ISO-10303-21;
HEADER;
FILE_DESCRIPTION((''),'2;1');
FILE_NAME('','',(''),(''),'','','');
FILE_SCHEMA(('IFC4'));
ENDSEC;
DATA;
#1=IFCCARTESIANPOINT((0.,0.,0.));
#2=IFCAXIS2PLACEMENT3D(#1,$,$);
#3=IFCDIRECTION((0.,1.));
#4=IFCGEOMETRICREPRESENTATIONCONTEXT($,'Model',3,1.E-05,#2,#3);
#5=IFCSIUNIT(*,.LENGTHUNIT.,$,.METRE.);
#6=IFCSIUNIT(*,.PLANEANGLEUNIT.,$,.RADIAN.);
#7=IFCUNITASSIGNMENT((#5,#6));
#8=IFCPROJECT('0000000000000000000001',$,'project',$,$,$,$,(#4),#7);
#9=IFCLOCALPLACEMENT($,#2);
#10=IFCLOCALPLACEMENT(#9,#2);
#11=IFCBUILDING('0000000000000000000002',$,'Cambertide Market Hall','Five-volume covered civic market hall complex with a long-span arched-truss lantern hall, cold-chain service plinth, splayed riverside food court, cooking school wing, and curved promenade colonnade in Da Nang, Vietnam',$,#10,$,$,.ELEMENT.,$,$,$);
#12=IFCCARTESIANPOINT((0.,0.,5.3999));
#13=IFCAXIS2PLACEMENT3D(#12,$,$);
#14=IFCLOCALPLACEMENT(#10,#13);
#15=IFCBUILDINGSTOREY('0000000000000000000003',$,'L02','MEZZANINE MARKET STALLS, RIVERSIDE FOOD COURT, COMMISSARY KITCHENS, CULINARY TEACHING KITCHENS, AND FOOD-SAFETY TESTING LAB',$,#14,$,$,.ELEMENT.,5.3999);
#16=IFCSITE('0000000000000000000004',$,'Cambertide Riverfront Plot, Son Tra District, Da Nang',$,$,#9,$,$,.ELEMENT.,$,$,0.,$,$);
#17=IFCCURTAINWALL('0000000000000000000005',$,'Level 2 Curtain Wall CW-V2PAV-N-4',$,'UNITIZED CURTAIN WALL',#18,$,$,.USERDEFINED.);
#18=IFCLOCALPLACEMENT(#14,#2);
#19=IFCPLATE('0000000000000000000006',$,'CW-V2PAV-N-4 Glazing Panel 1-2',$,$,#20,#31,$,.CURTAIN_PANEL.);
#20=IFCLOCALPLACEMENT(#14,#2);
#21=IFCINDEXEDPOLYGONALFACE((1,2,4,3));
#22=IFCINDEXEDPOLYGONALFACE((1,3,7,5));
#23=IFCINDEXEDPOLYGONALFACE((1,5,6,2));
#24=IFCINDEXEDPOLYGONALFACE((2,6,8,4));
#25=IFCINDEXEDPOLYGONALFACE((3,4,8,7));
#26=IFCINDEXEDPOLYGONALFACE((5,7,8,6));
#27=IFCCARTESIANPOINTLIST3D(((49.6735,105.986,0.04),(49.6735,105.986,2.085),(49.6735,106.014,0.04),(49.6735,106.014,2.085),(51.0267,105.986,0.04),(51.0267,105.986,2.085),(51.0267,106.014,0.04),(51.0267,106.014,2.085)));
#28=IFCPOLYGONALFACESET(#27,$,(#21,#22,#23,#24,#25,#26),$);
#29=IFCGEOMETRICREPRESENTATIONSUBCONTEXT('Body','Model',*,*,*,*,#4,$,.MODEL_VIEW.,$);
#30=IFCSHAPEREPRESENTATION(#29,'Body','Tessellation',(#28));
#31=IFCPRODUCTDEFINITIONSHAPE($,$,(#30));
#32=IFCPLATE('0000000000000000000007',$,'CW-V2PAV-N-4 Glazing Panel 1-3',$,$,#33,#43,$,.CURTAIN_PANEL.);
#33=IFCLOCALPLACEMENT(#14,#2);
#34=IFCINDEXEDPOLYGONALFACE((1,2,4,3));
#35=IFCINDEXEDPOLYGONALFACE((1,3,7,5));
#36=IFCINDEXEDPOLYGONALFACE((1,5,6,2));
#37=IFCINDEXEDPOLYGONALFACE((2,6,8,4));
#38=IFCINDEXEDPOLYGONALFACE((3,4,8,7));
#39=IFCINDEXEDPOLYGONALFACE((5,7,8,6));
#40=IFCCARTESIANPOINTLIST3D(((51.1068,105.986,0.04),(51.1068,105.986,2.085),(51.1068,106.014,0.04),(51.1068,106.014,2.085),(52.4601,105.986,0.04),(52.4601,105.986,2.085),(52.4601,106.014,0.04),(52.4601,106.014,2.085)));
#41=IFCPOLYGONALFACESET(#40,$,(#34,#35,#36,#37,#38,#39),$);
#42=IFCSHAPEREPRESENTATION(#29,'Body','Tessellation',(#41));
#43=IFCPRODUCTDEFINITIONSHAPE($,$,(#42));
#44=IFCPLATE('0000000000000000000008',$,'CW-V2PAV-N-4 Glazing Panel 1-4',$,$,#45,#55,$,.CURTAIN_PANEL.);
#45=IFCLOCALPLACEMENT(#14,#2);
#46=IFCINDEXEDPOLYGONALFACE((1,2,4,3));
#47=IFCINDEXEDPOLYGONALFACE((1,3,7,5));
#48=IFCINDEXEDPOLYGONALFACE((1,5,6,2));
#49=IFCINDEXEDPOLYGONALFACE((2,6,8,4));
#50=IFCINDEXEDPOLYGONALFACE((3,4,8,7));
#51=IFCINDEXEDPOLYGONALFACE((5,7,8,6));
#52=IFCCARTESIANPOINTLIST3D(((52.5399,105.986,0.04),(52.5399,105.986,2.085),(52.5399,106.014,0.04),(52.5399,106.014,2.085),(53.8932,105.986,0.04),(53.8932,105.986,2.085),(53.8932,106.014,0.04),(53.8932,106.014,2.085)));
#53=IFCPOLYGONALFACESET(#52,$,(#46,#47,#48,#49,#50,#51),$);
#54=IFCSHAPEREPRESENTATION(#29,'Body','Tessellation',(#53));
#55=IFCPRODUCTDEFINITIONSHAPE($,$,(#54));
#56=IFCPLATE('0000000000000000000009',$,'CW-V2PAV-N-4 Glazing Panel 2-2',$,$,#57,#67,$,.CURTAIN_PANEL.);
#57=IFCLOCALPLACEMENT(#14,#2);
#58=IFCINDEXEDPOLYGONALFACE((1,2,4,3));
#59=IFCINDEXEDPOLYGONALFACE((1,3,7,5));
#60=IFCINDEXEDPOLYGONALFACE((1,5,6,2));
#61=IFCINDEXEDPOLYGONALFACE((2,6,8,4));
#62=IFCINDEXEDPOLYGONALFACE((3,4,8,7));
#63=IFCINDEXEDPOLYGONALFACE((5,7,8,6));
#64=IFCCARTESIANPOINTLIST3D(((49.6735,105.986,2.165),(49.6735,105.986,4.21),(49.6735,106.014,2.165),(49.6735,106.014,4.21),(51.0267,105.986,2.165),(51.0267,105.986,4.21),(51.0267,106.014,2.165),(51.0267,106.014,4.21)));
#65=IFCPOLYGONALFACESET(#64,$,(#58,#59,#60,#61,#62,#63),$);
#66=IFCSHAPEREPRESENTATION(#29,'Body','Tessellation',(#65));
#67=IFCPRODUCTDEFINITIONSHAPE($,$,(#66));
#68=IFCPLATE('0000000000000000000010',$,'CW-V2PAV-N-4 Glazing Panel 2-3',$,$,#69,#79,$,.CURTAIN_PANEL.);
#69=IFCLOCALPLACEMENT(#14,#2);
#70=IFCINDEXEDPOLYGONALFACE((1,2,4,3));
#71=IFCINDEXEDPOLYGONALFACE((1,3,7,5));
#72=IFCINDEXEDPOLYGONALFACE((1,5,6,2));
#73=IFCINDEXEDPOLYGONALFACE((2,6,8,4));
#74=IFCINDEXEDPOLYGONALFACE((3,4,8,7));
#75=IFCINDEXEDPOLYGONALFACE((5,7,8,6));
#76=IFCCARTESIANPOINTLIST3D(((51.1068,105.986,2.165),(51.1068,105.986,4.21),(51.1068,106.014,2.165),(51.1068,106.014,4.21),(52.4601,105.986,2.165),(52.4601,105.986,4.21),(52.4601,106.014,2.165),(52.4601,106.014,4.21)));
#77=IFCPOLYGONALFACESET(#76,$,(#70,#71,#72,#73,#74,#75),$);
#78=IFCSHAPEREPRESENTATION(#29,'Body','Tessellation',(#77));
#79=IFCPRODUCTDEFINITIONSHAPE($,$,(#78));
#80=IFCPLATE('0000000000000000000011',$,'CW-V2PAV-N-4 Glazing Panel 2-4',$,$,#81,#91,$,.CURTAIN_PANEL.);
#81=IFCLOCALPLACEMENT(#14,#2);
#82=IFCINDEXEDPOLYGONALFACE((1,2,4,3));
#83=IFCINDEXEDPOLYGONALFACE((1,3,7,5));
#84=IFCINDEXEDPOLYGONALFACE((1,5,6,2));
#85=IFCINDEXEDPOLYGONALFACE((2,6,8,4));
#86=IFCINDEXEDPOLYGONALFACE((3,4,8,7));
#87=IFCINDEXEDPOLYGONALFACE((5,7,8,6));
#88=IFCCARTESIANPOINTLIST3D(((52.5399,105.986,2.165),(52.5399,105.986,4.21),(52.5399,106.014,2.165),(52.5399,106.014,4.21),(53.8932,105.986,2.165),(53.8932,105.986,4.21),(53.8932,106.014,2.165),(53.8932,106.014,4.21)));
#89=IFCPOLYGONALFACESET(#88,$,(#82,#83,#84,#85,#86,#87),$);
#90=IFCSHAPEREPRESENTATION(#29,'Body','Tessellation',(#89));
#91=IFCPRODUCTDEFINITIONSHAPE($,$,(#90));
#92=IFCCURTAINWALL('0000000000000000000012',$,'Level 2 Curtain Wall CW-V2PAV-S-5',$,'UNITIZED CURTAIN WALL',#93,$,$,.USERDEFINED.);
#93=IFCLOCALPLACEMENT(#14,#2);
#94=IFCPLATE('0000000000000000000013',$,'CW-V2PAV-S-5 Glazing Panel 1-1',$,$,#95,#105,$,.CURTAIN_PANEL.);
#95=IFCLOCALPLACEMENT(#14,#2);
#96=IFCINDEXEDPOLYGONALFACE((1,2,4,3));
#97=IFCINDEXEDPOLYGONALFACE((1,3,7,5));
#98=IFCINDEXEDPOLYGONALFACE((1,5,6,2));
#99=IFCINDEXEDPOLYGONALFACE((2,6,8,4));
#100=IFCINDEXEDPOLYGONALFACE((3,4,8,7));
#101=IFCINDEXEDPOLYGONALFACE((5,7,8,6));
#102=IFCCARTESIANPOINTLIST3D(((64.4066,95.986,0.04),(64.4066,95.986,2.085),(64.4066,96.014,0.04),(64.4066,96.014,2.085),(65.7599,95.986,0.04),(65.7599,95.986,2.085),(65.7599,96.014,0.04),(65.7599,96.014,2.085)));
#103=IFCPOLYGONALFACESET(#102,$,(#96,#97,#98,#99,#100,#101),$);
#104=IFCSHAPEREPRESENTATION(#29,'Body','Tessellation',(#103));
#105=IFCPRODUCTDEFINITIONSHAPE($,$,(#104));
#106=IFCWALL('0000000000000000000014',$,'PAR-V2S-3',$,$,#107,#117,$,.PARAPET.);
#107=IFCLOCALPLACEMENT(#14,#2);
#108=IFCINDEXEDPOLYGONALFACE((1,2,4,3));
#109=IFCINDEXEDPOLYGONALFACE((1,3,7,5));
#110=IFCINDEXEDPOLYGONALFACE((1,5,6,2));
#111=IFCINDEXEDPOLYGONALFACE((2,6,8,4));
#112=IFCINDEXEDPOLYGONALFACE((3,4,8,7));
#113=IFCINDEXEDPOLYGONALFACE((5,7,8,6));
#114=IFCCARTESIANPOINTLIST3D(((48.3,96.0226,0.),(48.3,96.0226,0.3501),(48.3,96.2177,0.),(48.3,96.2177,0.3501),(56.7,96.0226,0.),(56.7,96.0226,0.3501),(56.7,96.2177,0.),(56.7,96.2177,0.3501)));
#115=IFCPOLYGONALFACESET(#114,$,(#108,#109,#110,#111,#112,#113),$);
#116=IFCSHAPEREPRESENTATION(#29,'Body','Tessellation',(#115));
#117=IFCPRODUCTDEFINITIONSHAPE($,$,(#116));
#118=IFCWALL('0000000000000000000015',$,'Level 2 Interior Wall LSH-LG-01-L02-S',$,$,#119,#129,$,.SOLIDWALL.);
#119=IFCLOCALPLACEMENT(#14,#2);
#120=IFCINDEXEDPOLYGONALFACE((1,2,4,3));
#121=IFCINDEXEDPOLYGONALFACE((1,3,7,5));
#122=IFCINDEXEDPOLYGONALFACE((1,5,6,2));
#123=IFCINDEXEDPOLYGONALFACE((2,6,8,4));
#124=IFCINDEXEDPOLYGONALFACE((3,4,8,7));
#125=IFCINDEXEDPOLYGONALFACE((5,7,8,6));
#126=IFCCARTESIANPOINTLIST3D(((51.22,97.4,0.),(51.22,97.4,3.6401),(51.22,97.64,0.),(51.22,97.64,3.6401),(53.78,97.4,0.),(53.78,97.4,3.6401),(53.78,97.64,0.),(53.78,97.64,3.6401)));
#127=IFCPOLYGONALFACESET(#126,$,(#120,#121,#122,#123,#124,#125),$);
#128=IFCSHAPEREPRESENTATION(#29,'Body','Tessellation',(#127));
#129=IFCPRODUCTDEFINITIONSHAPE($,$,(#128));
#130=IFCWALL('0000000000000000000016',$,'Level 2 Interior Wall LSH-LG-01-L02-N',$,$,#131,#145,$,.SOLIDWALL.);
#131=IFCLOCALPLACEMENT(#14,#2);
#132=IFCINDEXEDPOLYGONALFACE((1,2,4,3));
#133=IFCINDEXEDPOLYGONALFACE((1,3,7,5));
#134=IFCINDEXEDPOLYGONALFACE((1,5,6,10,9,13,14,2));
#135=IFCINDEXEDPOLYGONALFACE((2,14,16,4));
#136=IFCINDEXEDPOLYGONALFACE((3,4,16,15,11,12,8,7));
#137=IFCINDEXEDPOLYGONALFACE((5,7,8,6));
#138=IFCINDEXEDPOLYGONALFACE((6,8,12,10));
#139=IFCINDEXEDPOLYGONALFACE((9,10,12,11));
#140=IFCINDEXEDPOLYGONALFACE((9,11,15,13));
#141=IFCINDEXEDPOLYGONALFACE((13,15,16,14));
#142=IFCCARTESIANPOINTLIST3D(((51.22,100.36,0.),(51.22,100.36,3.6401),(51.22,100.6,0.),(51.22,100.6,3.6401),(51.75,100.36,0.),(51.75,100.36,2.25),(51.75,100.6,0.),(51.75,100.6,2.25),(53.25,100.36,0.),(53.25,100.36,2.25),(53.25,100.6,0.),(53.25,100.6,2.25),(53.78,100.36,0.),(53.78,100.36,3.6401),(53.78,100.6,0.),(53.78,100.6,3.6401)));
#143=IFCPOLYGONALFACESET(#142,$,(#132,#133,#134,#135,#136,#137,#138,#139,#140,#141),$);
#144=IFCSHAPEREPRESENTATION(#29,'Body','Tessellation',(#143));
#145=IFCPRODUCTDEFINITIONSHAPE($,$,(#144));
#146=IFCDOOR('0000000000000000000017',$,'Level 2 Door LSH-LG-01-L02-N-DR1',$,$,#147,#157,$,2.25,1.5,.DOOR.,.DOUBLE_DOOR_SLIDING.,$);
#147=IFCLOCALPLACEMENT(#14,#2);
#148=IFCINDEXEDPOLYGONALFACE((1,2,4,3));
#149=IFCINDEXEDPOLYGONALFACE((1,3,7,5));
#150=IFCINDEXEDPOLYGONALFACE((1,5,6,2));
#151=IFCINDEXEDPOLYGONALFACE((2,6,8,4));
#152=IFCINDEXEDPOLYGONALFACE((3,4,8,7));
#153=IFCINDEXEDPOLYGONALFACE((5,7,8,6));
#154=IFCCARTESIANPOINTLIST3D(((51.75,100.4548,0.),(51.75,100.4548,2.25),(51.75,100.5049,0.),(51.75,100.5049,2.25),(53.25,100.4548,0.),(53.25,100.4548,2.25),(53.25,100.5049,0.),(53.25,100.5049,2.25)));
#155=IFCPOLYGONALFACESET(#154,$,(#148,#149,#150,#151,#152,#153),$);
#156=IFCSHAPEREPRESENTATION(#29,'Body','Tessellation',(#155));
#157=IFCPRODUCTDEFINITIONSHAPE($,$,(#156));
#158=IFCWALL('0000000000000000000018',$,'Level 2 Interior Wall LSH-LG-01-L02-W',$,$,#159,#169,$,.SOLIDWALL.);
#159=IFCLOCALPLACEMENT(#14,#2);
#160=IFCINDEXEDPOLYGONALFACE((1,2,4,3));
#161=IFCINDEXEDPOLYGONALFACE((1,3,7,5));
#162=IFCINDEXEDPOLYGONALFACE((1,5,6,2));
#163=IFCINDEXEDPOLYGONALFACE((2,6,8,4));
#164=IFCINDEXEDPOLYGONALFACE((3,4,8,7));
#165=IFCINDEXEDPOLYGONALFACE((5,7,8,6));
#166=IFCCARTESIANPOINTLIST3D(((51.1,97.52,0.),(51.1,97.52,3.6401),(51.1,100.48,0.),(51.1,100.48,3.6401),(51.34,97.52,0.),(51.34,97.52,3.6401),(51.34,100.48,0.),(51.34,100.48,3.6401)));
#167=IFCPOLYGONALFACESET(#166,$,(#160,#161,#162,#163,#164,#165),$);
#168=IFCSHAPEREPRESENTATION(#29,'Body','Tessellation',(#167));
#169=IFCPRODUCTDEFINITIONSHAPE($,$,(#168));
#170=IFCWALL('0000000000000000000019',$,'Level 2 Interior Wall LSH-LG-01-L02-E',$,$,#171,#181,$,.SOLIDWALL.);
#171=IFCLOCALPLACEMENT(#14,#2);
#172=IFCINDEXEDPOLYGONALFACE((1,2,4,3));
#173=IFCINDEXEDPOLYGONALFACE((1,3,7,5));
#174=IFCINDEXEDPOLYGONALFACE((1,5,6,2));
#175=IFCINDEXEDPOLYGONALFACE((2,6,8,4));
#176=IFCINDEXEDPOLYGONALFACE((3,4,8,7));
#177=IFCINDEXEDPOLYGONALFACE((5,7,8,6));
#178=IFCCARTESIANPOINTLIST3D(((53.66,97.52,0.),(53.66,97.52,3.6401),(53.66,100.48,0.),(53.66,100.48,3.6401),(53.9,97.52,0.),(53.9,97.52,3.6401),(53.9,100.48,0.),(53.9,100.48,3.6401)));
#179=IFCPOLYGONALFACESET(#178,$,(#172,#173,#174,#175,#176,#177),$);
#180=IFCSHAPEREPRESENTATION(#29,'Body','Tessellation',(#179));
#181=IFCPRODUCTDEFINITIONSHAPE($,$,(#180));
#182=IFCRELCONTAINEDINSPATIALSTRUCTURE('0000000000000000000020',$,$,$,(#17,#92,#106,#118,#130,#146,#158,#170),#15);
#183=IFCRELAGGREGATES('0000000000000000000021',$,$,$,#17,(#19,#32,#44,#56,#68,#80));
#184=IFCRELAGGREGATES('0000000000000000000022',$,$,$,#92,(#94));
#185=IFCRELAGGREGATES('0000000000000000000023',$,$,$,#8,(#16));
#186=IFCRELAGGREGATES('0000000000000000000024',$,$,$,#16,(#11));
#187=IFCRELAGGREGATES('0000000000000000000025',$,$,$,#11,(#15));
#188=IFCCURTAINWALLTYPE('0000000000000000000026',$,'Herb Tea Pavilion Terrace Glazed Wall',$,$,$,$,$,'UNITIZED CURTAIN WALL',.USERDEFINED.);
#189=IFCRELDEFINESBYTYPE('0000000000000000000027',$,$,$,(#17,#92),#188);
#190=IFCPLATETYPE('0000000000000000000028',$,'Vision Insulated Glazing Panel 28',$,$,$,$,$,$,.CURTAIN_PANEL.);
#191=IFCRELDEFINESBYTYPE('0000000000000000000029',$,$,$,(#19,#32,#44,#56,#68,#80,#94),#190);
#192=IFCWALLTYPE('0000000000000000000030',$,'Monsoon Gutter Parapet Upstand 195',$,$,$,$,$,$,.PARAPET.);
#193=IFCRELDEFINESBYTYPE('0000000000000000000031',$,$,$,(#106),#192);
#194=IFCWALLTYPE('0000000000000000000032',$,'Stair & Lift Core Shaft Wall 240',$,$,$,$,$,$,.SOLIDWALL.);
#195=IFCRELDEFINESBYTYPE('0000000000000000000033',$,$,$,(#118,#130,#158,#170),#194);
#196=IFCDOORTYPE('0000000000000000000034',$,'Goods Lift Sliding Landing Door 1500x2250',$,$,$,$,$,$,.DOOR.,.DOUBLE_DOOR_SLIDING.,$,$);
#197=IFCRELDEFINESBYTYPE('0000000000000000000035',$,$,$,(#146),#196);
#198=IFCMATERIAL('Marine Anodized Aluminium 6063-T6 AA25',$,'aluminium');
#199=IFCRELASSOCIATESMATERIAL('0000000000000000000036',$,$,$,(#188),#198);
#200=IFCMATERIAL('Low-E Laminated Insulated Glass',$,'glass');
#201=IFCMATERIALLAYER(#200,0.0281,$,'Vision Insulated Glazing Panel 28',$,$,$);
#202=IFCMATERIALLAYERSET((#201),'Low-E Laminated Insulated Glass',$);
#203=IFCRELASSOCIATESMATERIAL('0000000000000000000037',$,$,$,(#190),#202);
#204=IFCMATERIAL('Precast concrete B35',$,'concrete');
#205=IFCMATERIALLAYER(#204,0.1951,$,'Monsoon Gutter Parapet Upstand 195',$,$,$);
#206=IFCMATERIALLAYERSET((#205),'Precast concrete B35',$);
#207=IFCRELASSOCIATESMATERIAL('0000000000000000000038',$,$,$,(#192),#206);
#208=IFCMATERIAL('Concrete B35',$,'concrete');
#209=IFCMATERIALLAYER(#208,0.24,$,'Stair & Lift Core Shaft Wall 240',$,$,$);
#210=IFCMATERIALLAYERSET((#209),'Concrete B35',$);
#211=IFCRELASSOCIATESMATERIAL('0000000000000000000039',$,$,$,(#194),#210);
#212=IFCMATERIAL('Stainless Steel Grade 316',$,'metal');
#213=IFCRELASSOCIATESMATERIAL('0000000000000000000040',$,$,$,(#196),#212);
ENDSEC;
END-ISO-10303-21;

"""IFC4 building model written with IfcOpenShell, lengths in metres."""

from ifc_helpers import new_model, si_unit, direction, frame, frame_2d, origin, origin_2d, place, context, subcontext, project, spatial, rectangle, extrude, material, layer, layer_set, type_object, element, fill, aggregate, save


model = new_model("IFC4")

# Units and contexts
model_context = context("Model", 3, precision=1e-05, world=origin(), true_north=direction((0.0, 1.0)))
body_context = subcontext(model_context, "Body", "Model", "MODEL_VIEW")
ifc_project = project(units=[si_unit("LENGTHUNIT", "METRE"), si_unit("PLANEANGLEUNIT", "RADIAN")], contexts=[model_context])

# Site, building, storey
site_placement = place(None, origin())
site = spatial("IfcSite", under=ifc_project, at=site_placement, Name="Cambertide Riverfront Plot, Son Tra District, Da Nang", CompositionType="ELEMENT", RefElevation=0.0)
building_placement = place(site_placement, origin())
building = spatial("IfcBuilding", under=site, at=building_placement, Name="Cambertide Market Hall", Description="Five-volume covered civic market hall complex with a long-span arched-truss lantern hall, cold-chain service plinth, splayed riverside food court, cooking school wing, and curved promenade colonnade in Da Nang, Vietnam", CompositionType="ELEMENT")
storey_placement = place(building_placement, frame((0.0, 0.0, 5.3999)))
storey = spatial("IfcBuildingStorey", under=building, at=storey_placement, Name="L02", Description="MEZZANINE MARKET STALLS, RIVERSIDE FOOD COURT, COMMISSARY KITCHENS, CULINARY TEACHING KITCHENS, AND FOOD-SAFETY TESTING LAB", CompositionType="ELEMENT", Elevation=5.3999)

# Curtain wall
ifc_material_1 = material(Name="Marine Anodized Aluminium 6063-T6 AA25", Category="aluminium")
curtain_wall_type = type_object("IfcCurtainWallType", Name="Herb Tea Pavilion Terrace Glazed Wall", ElementType="UNITIZED CURTAIN WALL", PredefinedType="USERDEFINED", material=ifc_material_1)
curtain_wall_1_placement = place(storey_placement, origin())
curtain_wall_1 = element("IfcCurtainWall", 1, at=curtain_wall_1_placement, inside=storey, type_object=curtain_wall_type, Name="Level 2 Curtain Wall CW-V2PAV-N-4", ObjectType="UNITIZED CURTAIN WALL", PredefinedType="USERDEFINED")

# Plates
ifc_material_2 = material(Name="Low-E Laminated Insulated Glass", Category="glass")
ifc_layer_1 = layer(ifc_material_2, 0.0281, Name="Vision Insulated Glazing Panel 28")
ifc_layer_set_1 = layer_set([ifc_layer_1], Name="Low-E Laminated Insulated Glass")
plate_type = type_object("IfcPlateType", Name="Vision Insulated Glazing Panel 28", PredefinedType="CURTAIN_PANEL", material=ifc_layer_set_1)
plate_1_placement = place(storey_placement, frame((50.3501, 106.0, 0.04), z_axis=(0.0, 0.0, 1.0), x_axis=(1.0, 0.0, 0.0)))
plate_1 = element("IfcPlate", 2, at=plate_1_placement, type_object=plate_type, Name="CW-V2PAV-N-4 Glazing Panel 1-2", PredefinedType="CURTAIN_PANEL", context=body_context, shape_type="SweptSolid", body=[
    extrude(rectangle(XDim=1.3533, YDim=0.0281, at=origin_2d()), origin(), (0.0, 0.0, 1.0), 2.0449),
])
plate_2_placement = place(storey_placement, frame((51.7834, 106.0, 0.04), z_axis=(0.0, 0.0, 1.0), x_axis=(1.0, 0.0, 0.0)))
plate_2 = element("IfcPlate", 3, at=plate_2_placement, type_object=plate_type, Name="CW-V2PAV-N-4 Glazing Panel 1-3", PredefinedType="CURTAIN_PANEL", context=body_context, shape_type="SweptSolid", body=[
    extrude(rectangle(XDim=1.3533, YDim=0.0281, at=origin_2d()), origin(), (0.0, 0.0, 1.0), 2.0449),
])
plate_3_placement = place(storey_placement, frame((53.2166, 106.0, 0.04), z_axis=(0.0, 0.0, 1.0), x_axis=(1.0, 0.0, 0.0)))
plate_3 = element("IfcPlate", 4, at=plate_3_placement, type_object=plate_type, Name="CW-V2PAV-N-4 Glazing Panel 1-4", PredefinedType="CURTAIN_PANEL", context=body_context, shape_type="SweptSolid", body=[
    extrude(rectangle(XDim=1.3533, YDim=0.0281, at=origin_2d()), origin(), (0.0, 0.0, 1.0), 2.0449),
])
plate_4_placement = place(storey_placement, frame((50.3501, 106.0, 2.165), z_axis=(0.0, 0.0, 1.0), x_axis=(1.0, 0.0, 0.0)))
plate_4 = element("IfcPlate", 5, at=plate_4_placement, type_object=plate_type, Name="CW-V2PAV-N-4 Glazing Panel 2-2", PredefinedType="CURTAIN_PANEL", context=body_context, shape_type="SweptSolid", body=[
    extrude(rectangle(XDim=1.3533, YDim=0.0281, at=origin_2d()), origin(), (0.0, 0.0, 1.0), 2.0449),
])
plate_5_placement = place(storey_placement, frame((51.7834, 106.0, 2.165), z_axis=(0.0, 0.0, 1.0), x_axis=(1.0, 0.0, 0.0)))
plate_5 = element("IfcPlate", 6, at=plate_5_placement, type_object=plate_type, Name="CW-V2PAV-N-4 Glazing Panel 2-3", PredefinedType="CURTAIN_PANEL", context=body_context, shape_type="SweptSolid", body=[
    extrude(rectangle(XDim=1.3533, YDim=0.0281, at=origin_2d()), origin(), (0.0, 0.0, 1.0), 2.0449),
])
plate_6_placement = place(storey_placement, frame((53.2166, 106.0, 2.165), z_axis=(0.0, 0.0, 1.0), x_axis=(1.0, 0.0, 0.0)))
plate_6 = element("IfcPlate", 7, at=plate_6_placement, type_object=plate_type, Name="CW-V2PAV-N-4 Glazing Panel 2-4", PredefinedType="CURTAIN_PANEL", context=body_context, shape_type="SweptSolid", body=[
    extrude(rectangle(XDim=1.3533, YDim=0.0281, at=origin_2d()), origin(), (0.0, 0.0, 1.0), 2.0449),
])
aggregate(curtain_wall_1, [plate_1, plate_2, plate_3, plate_4, plate_5, plate_6])

# Curtain wall, plate
curtain_wall_2_placement = place(storey_placement, origin())
curtain_wall_2 = element("IfcCurtainWall", 8, at=curtain_wall_2_placement, inside=storey, type_object=curtain_wall_type, Name="Level 2 Curtain Wall CW-V2PAV-S-5", ObjectType="UNITIZED CURTAIN WALL", PredefinedType="USERDEFINED")
plate_7_placement = place(storey_placement, frame((65.0833, 96.0, 0.04), z_axis=(0.0, 0.0, 1.0), x_axis=(-1.0, 0.0, 0.0)))
plate_7 = element("IfcPlate", 9, at=plate_7_placement, type_object=plate_type, Name="CW-V2PAV-S-5 Glazing Panel 1-1", PredefinedType="CURTAIN_PANEL", context=body_context, shape_type="SweptSolid", body=[
    extrude(rectangle(XDim=1.3533, YDim=0.0281, at=origin_2d()), origin(), (0.0, 0.0, 1.0), 2.0449),
])
aggregate(curtain_wall_2, [plate_7])

# Walls
ifc_material_3 = material(Name="Precast concrete B35", Category="concrete")
ifc_layer_2 = layer(ifc_material_3, 0.1951, Name="Monsoon Gutter Parapet Upstand 195")
ifc_layer_set_2 = layer_set([ifc_layer_2], Name="Precast concrete B35")
wall_type_1 = type_object("IfcWallType", Name="Monsoon Gutter Parapet Upstand 195", PredefinedType="PARAPET", material=ifc_layer_set_2)
wall_1_placement = place(storey_placement, frame((56.7, 96.1201, 0.0), z_axis=(0.0, 0.0, 1.0), x_axis=(-1.0, 0.0, 0.0)))
element("IfcWall", 10, at=wall_1_placement, inside=storey, type_object=wall_type_1, Name="PAR-V2S-3", PredefinedType="PARAPET", context=body_context, shape_type="SweptSolid", body=[
    extrude(rectangle(XDim=8.3999, YDim=0.1951, at=frame_2d((4.2, 0.0))), origin(), (0.0, 0.0, 1.0), 0.3501),
])
ifc_material_4 = material(Name="Concrete B35", Category="concrete")
ifc_layer_3 = layer(ifc_material_4, 0.24, Name="Stair & Lift Core Shaft Wall 240")
ifc_layer_set_3 = layer_set([ifc_layer_3], Name="Concrete B35")
wall_type_2 = type_object("IfcWallType", Name="Stair & Lift Core Shaft Wall 240", PredefinedType="SOLIDWALL", material=ifc_layer_set_3)
wall_2_placement = place(storey_placement, frame((53.78, 97.52, 0.0), z_axis=(0.0, 0.0, 1.0), x_axis=(-1.0, 0.0, 0.0)))
element("IfcWall", 11, at=wall_2_placement, inside=storey, type_object=wall_type_2, Name="Level 2 Interior Wall LSH-LG-01-L02-S", PredefinedType="SOLIDWALL", context=body_context, shape_type="SweptSolid", body=[
    extrude(rectangle(XDim=2.5601, YDim=0.24, at=frame_2d((1.28, 0.0))), origin(), (0.0, 0.0, 1.0), 3.6401),
])

# Wall, opening, door
wall_3_placement = place(storey_placement, frame((51.22, 100.48, 0.0), z_axis=(0.0, 0.0, 1.0), x_axis=(1.0, 0.0, 0.0)))
wall_3 = element("IfcWall", 12, at=wall_3_placement, inside=storey, type_object=wall_type_2, Name="Level 2 Interior Wall LSH-LG-01-L02-N", PredefinedType="SOLIDWALL", context=body_context, shape_type="SweptSolid", body=[
    extrude(rectangle(XDim=2.5601, YDim=0.24, at=frame_2d((1.28, 0.0))), origin(), (0.0, 0.0, 1.0), 3.6401),
])
opening_1_placement = place(wall_3_placement, frame((0.53, 0.0, 0.0)))
opening_1 = element("IfcOpeningElement", 13, at=opening_1_placement, cuts=wall_3, PredefinedType="OPENING", context=body_context, shape_type="SweptSolid", body=[
    extrude(rectangle(XDim=1.5, YDim=2.25, at=frame_2d((0.75, 1.125))), frame((0.0, 0.1299, 0.0), z_axis=(0.0, -1.0, 0.0), x_axis=(1.0, 0.0, 0.0)), (0.0, 0.0, 1.0), 0.26),
])
ifc_material_5 = material(Name="Stainless Steel Grade 316", Category="metal")
door_type_1 = type_object("IfcDoorType", Name="Goods Lift Sliding Landing Door 1500x2250", OperationType="DOUBLE_DOOR_SLIDING", PredefinedType="DOOR", material=ifc_material_5)
door_1_placement = place(opening_1_placement, origin())
door_1 = element("IfcDoor", 14, at=door_1_placement, inside=storey, type_object=door_type_1, Name="Level 2 Door LSH-LG-01-L02-N-DR1", OperationType="DOUBLE_DOOR_SLIDING", OverallHeight=2.25, OverallWidth=1.5, PredefinedType="DOOR", context=body_context, shape_type="SweptSolid", body=[
    extrude(rectangle(XDim=1.5, YDim=2.25, at=frame_2d((0.75, 1.125))), frame((0.0, 0.0249, 0.0), z_axis=(0.0, -1.0, 0.0), x_axis=(1.0, 0.0, 0.0)), (0.0, 0.0, 1.0), 0.05),
])
fill(opening_1, door_1)

# Walls
for number, where, z_axis, x_axis, name in (
    (15, (51.22, 97.52, 0.0), (0.0, 0.0, 1.0), (0.0, 1.0, 0.0), "Level 2 Interior Wall LSH-LG-01-L02-W"),
    (16, (53.78, 100.48, 0.0), (0.0, 0.0, 1.0), (0.0, -1.0, 0.0), "Level 2 Interior Wall LSH-LG-01-L02-E"),
):
    element("IfcWall", number, at=place(storey_placement, frame(where, z_axis=z_axis, x_axis=x_axis)), inside=storey, type_object=wall_type_2, Name=name, PredefinedType="SOLIDWALL", context=body_context, shape_type="SweptSolid", body=[
        extrude(rectangle(XDim=2.96, YDim=0.24, at=frame_2d((1.48, 0.0))), origin(), (0.0, 0.0, 1.0), 3.6401),
    ])

save(model, "model.ifc")
